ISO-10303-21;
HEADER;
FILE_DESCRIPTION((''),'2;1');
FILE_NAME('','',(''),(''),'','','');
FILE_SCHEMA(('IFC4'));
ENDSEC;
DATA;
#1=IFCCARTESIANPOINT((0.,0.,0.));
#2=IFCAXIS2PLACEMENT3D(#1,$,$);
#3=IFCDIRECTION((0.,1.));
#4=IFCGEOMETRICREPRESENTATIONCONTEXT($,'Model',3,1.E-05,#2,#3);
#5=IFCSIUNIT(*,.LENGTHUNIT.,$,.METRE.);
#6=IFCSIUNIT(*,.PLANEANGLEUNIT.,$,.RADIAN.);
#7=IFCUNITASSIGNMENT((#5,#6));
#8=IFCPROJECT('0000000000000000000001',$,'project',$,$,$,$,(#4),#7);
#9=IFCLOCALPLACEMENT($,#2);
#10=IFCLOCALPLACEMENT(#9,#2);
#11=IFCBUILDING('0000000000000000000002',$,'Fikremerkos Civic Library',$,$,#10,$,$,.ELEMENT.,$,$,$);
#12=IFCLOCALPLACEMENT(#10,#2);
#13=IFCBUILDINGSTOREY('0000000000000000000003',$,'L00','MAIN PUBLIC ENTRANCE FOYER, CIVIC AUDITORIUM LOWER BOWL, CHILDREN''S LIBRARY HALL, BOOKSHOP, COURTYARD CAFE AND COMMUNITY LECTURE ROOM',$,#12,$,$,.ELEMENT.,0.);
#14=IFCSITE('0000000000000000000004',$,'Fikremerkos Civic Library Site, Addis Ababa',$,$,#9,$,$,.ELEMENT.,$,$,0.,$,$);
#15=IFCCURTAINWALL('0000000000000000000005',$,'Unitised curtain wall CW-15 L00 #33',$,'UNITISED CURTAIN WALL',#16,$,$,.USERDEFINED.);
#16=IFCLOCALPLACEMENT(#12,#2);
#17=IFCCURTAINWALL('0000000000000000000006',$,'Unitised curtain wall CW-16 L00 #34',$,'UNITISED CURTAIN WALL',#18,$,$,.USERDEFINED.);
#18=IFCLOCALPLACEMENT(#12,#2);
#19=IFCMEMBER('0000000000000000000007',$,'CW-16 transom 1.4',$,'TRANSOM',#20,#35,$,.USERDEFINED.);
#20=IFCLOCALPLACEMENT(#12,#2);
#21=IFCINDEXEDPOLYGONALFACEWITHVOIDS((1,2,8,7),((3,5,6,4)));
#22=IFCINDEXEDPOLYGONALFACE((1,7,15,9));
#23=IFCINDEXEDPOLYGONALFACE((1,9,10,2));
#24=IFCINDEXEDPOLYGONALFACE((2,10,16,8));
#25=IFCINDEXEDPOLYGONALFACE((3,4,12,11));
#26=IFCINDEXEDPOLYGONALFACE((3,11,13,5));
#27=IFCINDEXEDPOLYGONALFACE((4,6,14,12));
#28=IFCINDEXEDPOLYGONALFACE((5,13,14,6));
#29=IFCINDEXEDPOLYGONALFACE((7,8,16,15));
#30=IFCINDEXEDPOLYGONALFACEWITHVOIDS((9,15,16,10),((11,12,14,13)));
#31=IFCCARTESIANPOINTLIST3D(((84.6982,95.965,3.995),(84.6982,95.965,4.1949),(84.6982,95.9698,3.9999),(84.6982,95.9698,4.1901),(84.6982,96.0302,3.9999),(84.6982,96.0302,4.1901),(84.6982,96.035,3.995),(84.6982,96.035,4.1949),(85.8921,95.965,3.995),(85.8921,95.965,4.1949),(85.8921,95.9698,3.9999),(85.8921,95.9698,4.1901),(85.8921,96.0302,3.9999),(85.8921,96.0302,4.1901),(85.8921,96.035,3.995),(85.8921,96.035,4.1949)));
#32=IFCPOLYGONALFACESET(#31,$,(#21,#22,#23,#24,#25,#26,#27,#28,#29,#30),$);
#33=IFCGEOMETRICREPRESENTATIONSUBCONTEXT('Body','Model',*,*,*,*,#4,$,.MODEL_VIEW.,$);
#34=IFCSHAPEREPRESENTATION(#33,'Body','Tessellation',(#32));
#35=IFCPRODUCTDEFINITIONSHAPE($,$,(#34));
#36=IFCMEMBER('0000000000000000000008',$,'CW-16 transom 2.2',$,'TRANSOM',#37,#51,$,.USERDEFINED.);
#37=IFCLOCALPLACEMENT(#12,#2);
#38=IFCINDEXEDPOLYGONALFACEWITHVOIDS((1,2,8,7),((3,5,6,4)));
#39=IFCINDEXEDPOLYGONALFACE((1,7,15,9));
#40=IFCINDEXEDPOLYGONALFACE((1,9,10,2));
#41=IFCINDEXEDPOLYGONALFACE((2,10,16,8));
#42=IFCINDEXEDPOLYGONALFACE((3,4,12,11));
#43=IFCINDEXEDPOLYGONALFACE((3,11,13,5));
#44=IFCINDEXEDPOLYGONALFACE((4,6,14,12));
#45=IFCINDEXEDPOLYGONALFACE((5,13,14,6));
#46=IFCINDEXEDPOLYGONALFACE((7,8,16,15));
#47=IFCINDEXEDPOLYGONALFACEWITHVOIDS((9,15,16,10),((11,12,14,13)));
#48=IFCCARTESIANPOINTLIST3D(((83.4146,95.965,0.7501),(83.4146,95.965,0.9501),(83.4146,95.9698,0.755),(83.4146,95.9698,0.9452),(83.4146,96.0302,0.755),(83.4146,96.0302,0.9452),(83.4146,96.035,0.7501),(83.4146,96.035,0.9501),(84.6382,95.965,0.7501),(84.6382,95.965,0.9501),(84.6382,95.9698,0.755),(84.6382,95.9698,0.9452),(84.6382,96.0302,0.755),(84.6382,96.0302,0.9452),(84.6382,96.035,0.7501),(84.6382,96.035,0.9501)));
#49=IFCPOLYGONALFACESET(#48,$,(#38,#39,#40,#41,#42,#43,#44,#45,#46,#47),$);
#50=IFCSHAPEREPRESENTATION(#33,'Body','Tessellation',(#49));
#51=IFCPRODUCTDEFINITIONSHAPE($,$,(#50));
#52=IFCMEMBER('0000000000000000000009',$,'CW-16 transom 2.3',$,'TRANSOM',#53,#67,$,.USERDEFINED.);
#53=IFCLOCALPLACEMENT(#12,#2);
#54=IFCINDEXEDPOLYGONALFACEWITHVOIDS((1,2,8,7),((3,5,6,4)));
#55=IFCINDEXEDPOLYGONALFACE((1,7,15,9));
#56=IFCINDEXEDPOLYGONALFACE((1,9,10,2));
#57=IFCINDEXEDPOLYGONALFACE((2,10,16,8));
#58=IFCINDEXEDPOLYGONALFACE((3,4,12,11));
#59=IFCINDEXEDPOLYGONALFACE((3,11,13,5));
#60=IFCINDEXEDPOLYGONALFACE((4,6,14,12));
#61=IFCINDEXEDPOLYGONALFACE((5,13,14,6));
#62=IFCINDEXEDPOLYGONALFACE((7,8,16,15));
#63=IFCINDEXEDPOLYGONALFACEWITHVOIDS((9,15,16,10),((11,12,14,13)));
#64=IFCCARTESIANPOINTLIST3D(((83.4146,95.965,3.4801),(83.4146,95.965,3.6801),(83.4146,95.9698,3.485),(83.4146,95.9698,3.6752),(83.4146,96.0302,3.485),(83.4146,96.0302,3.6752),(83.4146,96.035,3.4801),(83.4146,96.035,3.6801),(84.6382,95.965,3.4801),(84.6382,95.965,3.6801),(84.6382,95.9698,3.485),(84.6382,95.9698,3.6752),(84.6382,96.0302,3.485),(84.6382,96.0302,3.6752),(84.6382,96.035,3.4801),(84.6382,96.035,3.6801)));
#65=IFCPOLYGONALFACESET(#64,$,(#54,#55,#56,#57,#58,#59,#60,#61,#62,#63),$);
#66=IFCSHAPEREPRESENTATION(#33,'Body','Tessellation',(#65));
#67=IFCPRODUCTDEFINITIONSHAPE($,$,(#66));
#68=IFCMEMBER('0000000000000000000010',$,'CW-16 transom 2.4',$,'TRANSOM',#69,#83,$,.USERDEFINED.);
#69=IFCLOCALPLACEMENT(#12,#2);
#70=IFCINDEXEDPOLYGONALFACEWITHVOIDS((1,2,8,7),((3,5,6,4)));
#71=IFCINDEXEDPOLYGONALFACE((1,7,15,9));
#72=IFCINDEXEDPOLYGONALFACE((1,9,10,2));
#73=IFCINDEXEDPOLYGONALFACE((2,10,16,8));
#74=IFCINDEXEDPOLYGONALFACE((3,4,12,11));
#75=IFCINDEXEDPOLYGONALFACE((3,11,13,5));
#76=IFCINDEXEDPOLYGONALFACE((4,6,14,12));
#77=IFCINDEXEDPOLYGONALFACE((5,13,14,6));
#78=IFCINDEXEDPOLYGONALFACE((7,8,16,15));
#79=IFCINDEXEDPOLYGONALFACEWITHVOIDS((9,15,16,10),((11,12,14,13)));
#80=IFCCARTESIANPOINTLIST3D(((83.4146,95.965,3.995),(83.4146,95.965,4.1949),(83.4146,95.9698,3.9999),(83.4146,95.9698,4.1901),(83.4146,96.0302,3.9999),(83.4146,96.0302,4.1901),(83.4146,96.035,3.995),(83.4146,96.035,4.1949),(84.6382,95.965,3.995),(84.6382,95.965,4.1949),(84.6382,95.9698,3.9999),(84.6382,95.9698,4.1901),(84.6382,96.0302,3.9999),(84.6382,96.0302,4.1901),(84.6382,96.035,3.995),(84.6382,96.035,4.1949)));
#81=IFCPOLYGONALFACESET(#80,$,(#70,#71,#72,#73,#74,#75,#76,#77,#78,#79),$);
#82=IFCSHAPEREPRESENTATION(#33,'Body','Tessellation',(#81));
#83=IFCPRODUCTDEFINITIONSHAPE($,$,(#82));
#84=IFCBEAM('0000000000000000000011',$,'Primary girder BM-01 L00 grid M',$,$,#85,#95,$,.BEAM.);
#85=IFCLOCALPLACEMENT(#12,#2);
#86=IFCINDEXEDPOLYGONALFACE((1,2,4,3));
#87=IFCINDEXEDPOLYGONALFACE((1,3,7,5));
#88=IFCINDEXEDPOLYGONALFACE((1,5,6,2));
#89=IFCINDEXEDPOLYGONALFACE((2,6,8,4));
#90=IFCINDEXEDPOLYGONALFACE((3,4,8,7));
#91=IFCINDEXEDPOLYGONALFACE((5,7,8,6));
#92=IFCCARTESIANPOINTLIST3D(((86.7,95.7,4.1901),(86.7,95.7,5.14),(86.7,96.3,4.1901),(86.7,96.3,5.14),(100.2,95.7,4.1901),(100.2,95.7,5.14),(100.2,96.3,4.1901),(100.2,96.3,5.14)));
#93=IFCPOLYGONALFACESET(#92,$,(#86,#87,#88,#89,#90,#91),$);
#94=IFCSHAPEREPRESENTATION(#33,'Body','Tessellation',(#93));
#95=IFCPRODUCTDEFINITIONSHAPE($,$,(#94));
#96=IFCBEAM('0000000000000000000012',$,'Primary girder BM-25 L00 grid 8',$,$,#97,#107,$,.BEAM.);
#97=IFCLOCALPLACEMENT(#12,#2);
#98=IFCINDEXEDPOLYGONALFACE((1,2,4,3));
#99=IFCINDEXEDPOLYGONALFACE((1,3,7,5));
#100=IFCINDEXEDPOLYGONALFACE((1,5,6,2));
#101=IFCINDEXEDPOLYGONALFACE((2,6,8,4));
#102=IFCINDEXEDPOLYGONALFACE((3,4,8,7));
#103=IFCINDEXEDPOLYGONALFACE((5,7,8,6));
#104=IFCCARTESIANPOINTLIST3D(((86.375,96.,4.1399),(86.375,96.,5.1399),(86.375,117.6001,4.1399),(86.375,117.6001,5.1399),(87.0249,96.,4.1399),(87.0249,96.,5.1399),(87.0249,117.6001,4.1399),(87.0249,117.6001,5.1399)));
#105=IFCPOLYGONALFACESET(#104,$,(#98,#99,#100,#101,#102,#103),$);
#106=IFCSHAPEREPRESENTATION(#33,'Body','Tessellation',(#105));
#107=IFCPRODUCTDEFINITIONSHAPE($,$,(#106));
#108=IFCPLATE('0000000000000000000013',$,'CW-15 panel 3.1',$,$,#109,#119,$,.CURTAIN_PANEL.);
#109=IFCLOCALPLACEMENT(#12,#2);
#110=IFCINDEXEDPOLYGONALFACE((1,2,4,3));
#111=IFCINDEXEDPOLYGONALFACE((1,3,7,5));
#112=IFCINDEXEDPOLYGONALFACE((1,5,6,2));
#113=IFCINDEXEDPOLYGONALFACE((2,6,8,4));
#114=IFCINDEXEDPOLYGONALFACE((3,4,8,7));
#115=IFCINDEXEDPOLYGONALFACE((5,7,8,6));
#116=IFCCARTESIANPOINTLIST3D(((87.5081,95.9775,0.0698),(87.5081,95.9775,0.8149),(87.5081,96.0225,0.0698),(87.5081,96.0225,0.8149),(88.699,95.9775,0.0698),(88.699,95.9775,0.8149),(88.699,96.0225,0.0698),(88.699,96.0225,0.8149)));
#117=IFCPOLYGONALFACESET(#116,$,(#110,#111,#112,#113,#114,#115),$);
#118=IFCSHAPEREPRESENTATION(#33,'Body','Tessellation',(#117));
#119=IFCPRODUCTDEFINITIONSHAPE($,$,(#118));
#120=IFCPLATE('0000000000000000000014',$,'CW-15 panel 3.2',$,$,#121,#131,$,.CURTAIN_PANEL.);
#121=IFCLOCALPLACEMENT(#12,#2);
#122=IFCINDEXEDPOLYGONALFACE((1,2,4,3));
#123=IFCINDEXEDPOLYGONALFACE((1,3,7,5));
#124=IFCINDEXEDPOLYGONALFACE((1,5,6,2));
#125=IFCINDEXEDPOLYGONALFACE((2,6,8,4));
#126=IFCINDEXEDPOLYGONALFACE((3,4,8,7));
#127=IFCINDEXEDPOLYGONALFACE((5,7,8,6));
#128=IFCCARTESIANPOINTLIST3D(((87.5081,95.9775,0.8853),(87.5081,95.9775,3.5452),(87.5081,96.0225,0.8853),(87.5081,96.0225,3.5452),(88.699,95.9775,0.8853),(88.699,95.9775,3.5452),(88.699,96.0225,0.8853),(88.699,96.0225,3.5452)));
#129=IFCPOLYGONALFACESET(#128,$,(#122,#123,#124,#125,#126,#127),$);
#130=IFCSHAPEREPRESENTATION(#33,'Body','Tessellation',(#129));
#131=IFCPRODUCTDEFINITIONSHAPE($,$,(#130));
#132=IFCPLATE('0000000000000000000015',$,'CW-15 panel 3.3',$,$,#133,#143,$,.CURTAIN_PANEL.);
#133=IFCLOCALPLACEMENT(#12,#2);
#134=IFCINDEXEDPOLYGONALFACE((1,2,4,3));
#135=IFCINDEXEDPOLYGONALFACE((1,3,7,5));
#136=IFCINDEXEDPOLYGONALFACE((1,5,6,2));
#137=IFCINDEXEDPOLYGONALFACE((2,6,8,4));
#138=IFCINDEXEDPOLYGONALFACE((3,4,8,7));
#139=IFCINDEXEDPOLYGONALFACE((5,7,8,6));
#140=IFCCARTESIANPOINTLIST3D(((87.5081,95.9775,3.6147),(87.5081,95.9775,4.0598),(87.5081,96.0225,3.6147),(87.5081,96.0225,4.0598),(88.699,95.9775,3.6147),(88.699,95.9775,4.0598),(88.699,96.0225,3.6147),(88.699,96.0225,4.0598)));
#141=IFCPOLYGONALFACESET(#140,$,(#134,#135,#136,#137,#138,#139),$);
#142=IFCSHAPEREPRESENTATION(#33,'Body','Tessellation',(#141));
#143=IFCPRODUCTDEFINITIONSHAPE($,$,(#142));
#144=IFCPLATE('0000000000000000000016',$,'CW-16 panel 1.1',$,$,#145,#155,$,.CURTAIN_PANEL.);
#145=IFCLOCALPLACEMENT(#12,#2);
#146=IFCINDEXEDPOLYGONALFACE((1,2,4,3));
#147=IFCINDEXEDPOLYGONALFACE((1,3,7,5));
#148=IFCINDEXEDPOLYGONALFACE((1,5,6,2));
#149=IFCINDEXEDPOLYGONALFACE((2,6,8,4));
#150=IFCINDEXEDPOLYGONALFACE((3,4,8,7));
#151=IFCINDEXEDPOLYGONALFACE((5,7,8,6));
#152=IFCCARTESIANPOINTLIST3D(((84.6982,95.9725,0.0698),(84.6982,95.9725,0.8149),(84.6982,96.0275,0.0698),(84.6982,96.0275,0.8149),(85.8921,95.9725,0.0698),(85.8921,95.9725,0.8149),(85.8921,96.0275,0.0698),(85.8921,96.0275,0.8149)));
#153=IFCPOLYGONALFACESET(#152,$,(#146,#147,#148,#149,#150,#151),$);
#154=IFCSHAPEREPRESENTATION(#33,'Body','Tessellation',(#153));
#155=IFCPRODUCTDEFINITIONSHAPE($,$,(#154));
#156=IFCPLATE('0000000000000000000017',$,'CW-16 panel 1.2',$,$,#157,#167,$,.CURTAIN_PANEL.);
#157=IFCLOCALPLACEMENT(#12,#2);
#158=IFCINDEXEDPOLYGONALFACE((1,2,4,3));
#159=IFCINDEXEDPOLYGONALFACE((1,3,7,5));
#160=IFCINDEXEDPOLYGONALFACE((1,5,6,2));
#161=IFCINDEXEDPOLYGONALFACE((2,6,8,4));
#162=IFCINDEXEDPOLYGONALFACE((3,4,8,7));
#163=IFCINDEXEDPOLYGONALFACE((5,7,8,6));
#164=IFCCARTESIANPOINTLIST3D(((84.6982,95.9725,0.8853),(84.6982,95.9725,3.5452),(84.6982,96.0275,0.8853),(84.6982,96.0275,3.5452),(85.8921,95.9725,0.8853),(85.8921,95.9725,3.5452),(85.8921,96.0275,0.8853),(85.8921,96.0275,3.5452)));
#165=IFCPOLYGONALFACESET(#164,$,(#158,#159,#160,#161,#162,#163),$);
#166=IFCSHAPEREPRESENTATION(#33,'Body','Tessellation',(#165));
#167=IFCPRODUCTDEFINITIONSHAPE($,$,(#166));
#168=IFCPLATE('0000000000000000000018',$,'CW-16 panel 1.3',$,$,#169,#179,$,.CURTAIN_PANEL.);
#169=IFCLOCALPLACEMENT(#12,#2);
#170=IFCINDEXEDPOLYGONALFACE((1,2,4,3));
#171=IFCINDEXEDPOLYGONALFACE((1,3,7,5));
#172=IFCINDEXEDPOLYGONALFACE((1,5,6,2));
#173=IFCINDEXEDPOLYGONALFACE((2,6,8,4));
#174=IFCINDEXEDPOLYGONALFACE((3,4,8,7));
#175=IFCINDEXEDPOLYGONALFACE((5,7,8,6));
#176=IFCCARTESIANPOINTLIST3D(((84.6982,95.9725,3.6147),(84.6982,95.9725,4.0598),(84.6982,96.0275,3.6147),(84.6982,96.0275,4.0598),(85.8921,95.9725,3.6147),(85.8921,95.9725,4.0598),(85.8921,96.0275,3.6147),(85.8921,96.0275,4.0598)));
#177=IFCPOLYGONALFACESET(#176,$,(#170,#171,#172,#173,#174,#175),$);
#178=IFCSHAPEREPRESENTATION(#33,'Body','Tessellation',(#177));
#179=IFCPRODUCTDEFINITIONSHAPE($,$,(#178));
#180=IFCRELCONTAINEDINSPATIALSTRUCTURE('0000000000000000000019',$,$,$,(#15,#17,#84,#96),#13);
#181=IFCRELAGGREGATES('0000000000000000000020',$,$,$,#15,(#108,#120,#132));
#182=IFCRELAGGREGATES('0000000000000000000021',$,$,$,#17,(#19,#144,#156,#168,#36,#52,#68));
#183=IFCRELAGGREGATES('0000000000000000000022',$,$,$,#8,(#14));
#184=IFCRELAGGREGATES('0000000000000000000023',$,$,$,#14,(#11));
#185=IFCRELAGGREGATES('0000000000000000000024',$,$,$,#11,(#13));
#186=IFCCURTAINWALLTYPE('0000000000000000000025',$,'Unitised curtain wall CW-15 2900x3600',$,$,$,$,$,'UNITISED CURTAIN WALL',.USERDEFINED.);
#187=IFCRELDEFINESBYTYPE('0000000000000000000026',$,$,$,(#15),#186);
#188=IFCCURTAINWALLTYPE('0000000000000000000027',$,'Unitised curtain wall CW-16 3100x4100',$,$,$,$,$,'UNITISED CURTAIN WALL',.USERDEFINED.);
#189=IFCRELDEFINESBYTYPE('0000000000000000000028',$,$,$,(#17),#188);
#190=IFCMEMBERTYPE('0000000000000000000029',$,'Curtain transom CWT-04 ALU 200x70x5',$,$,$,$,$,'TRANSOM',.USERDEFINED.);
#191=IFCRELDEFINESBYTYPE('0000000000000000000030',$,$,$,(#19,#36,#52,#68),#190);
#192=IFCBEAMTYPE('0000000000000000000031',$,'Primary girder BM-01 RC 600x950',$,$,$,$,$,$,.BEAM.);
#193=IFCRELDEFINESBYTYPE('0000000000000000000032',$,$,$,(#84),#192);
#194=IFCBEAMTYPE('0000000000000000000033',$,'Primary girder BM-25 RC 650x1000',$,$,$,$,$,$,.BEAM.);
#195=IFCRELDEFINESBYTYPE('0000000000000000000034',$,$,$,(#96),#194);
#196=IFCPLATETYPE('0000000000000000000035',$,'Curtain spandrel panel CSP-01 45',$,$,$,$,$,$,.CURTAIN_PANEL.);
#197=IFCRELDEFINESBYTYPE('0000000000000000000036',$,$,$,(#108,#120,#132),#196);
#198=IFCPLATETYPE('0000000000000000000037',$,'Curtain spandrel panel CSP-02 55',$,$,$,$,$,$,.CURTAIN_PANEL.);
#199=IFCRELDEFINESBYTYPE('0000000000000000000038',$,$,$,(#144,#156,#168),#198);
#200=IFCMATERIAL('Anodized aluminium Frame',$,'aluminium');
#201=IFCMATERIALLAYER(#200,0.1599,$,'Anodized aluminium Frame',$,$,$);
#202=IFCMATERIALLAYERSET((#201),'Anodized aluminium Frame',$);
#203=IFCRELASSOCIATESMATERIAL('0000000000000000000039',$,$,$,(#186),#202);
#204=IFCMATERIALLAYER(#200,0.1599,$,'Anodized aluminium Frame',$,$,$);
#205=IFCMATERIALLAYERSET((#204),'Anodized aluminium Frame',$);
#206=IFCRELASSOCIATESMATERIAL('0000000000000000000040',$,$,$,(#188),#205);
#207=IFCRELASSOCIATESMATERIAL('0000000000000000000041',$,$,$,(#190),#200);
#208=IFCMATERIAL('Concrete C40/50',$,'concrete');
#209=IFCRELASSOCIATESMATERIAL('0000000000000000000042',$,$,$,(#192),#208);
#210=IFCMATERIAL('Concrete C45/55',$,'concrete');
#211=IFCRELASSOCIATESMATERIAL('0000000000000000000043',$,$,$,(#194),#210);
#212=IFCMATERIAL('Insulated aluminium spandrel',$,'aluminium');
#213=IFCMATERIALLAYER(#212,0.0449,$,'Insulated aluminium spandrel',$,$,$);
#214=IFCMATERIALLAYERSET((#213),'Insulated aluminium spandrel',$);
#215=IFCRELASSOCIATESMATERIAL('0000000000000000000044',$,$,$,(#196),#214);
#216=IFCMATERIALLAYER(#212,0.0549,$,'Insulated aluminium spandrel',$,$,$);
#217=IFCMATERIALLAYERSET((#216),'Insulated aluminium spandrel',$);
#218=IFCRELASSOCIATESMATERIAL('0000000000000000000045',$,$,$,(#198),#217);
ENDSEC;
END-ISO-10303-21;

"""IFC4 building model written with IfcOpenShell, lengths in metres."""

from ifc_helpers import new_model, si_unit, direction, frame, origin, origin_2d, place, context, subcontext, project, spatial, rectangle, hollow_rectangle, extrude, material, layer, layer_set, material_profile, profile_set, type_object, element, aggregate, save


model = new_model("IFC4")

# Units and contexts
model_context = context("Model", 3, precision=1e-05, world=origin(), true_north=direction((0.0, 1.0)))
body_context = subcontext(model_context, "Body", "Model", "MODEL_VIEW")
ifc_project = project(units=[si_unit("LENGTHUNIT", "METRE"), si_unit("PLANEANGLEUNIT", "RADIAN")], contexts=[model_context])

# Site, building, storey
site_placement = place(None, origin())
site = spatial("IfcSite", under=ifc_project, at=site_placement, Name="Fikremerkos Civic Library Site, Addis Ababa", CompositionType="ELEMENT", RefElevation=0.0)
building_placement = place(site_placement, origin())
building = spatial("IfcBuilding", under=site, at=building_placement, Name="Fikremerkos Civic Library", CompositionType="ELEMENT")
storey_placement = place(building_placement, origin())
storey = spatial("IfcBuildingStorey", under=building, at=storey_placement, Name="L00", Description="MAIN PUBLIC ENTRANCE FOYER, CIVIC AUDITORIUM LOWER BOWL, CHILDREN'S LIBRARY HALL, BOOKSHOP, COURTYARD CAFE AND COMMUNITY LECTURE ROOM", CompositionType="ELEMENT", Elevation=0.0)

# Shared definitions
ifc_material_1 = material(Name="Concrete C40/50", Category="concrete")

# Curtain wall
ifc_material_2 = material(Name="Anodized aluminium Frame", Category="aluminium")
ifc_layer_1 = layer(ifc_material_2, 0.1599, Name="Anodized aluminium Frame")
ifc_layer_set_1 = layer_set([ifc_layer_1], Name="Anodized aluminium Frame")
curtain_wall_type_1 = type_object("IfcCurtainWallType", Name="Unitised curtain wall CW-15 2900x3600", ElementType="UNITISED CURTAIN WALL", PredefinedType="USERDEFINED", material=ifc_layer_set_1)
curtain_wall_1_placement = place(storey_placement, origin())
curtain_wall_1 = element("IfcCurtainWall", 1, at=curtain_wall_1_placement, inside=storey, type_object=curtain_wall_type_1, Name="Unitised curtain wall CW-15 L00 #33", ObjectType="UNITISED CURTAIN WALL", PredefinedType="USERDEFINED")

# Curtain wall
ifc_layer_2 = layer(ifc_material_2, 0.1599, Name="Anodized aluminium Frame")
ifc_layer_set_2 = layer_set([ifc_layer_2], Name="Anodized aluminium Frame")
curtain_wall_type_2 = type_object("IfcCurtainWallType", Name="Unitised curtain wall CW-16 3100x4100", ElementType="UNITISED CURTAIN WALL", PredefinedType="USERDEFINED", material=ifc_layer_set_2)
curtain_wall_2_placement = place(storey_placement, origin())
curtain_wall_2 = element("IfcCurtainWall", 2, at=curtain_wall_2_placement, inside=storey, type_object=curtain_wall_type_2, Name="Unitised curtain wall CW-16 L00 #34", ObjectType="UNITISED CURTAIN WALL", PredefinedType="USERDEFINED")

# Members
ifc_material_profile_1 = material_profile(ifc_material_2, hollow_rectangle(XDim=0.0701, YDim=0.2, WallThickness=0.0049, at=origin_2d()), Name="ALU 200x70x5")
ifc_profile_set_1 = profile_set([ifc_material_profile_1], Name="Anodized aluminium Frame")
member_type_1 = type_object("IfcMemberType", Name="Curtain transom CWT-04 ALU 200x70x5", ElementType="TRANSOM", PredefinedType="USERDEFINED", material=ifc_profile_set_1)
member_1_placement = place(storey_placement, frame((85.8921, 96.0, 4.095), z_axis=(-1.0, 0.0, 0.0), x_axis=(0.0, -1.0, 0.0)))
member_1 = element("IfcMember", 3, at=member_1_placement, type_object=member_type_1, Name="CW-16 transom 1.4", ObjectType="TRANSOM", PredefinedType="USERDEFINED", context=body_context, shape_type="SweptSolid", body=[
    extrude(hollow_rectangle(XDim=0.0701, YDim=0.2, WallThickness=0.0049, at=origin_2d()), origin(), (0.0, 0.0, 1.0), 1.1938),
])
member_2_placement = place(storey_placement, frame((84.6382, 96.0, 0.8501), z_axis=(-1.0, 0.0, 0.0), x_axis=(0.0, -1.0, 0.0)))
member_2 = element("IfcMember", 4, at=member_2_placement, type_object=member_type_1, Name="CW-16 transom 2.2", ObjectType="TRANSOM", PredefinedType="USERDEFINED", context=body_context, shape_type="SweptSolid", body=[
    extrude(hollow_rectangle(XDim=0.0701, YDim=0.2, WallThickness=0.0049, at=origin_2d()), origin(), (0.0, 0.0, 1.0), 1.2236),
])
member_3_placement = place(storey_placement, frame((84.6382, 96.0, 3.5801), z_axis=(-1.0, 0.0, 0.0), x_axis=(0.0, -1.0, 0.0)))
member_3 = element("IfcMember", 5, at=member_3_placement, type_object=member_type_1, Name="CW-16 transom 2.3", ObjectType="TRANSOM", PredefinedType="USERDEFINED", context=body_context, shape_type="SweptSolid", body=[
    extrude(hollow_rectangle(XDim=0.0701, YDim=0.2, WallThickness=0.0049, at=origin_2d()), origin(), (0.0, 0.0, 1.0), 1.2236),
])
member_4_placement = place(storey_placement, frame((84.6382, 96.0, 4.095), z_axis=(-1.0, 0.0, 0.0), x_axis=(0.0, -1.0, 0.0)))
member_4 = element("IfcMember", 6, at=member_4_placement, type_object=member_type_1, Name="CW-16 transom 2.4", ObjectType="TRANSOM", PredefinedType="USERDEFINED", context=body_context, shape_type="SweptSolid", body=[
    extrude(hollow_rectangle(XDim=0.0701, YDim=0.2, WallThickness=0.0049, at=origin_2d()), origin(), (0.0, 0.0, 1.0), 1.2236),
])

# Beams
ifc_material_profile_2 = material_profile(ifc_material_1, rectangle(XDim=0.6001, YDim=0.95, at=origin_2d()), Name="RC 600x950")
ifc_profile_set_2 = profile_set([ifc_material_profile_2], Name="Concrete C40/50")
beam_type_1 = type_object("IfcBeamType", Name="Primary girder BM-01 RC 600x950", PredefinedType="BEAM", material=ifc_profile_set_2)
beam_1_placement = place(storey_placement, frame((86.7, 96.0, 4.665), z_axis=(1.0, 0.0, 0.0), x_axis=(0.0, 1.0, 0.0)))
element("IfcBeam", 7, at=beam_1_placement, inside=storey, type_object=beam_type_1, Name="Primary girder BM-01 L00 grid M", PredefinedType="BEAM", context=body_context, shape_type="SweptSolid", body=[
    extrude(rectangle(XDim=0.6001, YDim=0.95, at=origin_2d()), origin(), (0.0, 0.0, 1.0), 13.5),
])
ifc_material_3 = material(Name="Concrete C45/55", Category="concrete")
ifc_material_profile_3 = material_profile(ifc_material_3, rectangle(XDim=0.6499, YDim=1.0, at=origin_2d()), Name="RC 650x1000")
ifc_profile_set_3 = profile_set([ifc_material_profile_3], Name="Concrete C45/55")
beam_type_2 = type_object("IfcBeamType", Name="Primary girder BM-25 RC 650x1000", PredefinedType="BEAM", material=ifc_profile_set_3)
beam_2_placement = place(storey_placement, frame((86.7, 96.0, 4.6399), z_axis=(0.0, 1.0, 0.0), x_axis=(-1.0, 0.0, 0.0)))
element("IfcBeam", 8, at=beam_2_placement, inside=storey, type_object=beam_type_2, Name="Primary girder BM-25 L00 grid 8", PredefinedType="BEAM", context=body_context, shape_type="SweptSolid", body=[
    extrude(rectangle(XDim=0.6499, YDim=1.0, at=origin_2d()), origin(), (0.0, 0.0, 1.0), 21.6001),
])

# Plates
ifc_material_4 = material(Name="Insulated aluminium spandrel", Category="aluminium")
ifc_layer_3 = layer(ifc_material_4, 0.0449, Name="Insulated aluminium spandrel")
ifc_layer_set_3 = layer_set([ifc_layer_3], Name="Insulated aluminium spandrel")
plate_type_1 = type_object("IfcPlateType", Name="Curtain spandrel panel CSP-01 45", PredefinedType="CURTAIN_PANEL", material=ifc_layer_set_3)
plate_1_placement = place(storey_placement, frame((88.1035, 96.0, 0.0698), z_axis=(0.0, 0.0, 1.0), x_axis=(-1.0, 0.0, 0.0)))
plate_1 = element("IfcPlate", 9, at=plate_1_placement, type_object=plate_type_1, Name="CW-15 panel 3.1", PredefinedType="CURTAIN_PANEL", context=body_context, shape_type="SweptSolid", body=[
    extrude(rectangle(XDim=1.1909, YDim=0.0449, at=origin_2d()), origin(), (0.0, 0.0, 1.0), 0.7451),
])
plate_2_placement = place(storey_placement, frame((88.1035, 96.0, 0.8853), z_axis=(0.0, 0.0, 1.0), x_axis=(-1.0, 0.0, 0.0)))
plate_2 = element("IfcPlate", 10, at=plate_2_placement, type_object=plate_type_1, Name="CW-15 panel 3.2", PredefinedType="CURTAIN_PANEL", context=body_context, shape_type="SweptSolid", body=[
    extrude(rectangle(XDim=1.1909, YDim=0.0449, at=origin_2d()), origin(), (0.0, 0.0, 1.0), 2.6599),
])
plate_3_placement = place(storey_placement, frame((88.1035, 96.0, 3.6147), z_axis=(0.0, 0.0, 1.0), x_axis=(-1.0, 0.0, 0.0)))
plate_3 = element("IfcPlate", 11, at=plate_3_placement, type_object=plate_type_1, Name="CW-15 panel 3.3", PredefinedType="CURTAIN_PANEL", context=body_context, shape_type="SweptSolid", body=[
    extrude(rectangle(XDim=1.1909, YDim=0.0449, at=origin_2d()), origin(), (0.0, 0.0, 1.0), 0.4451),
])
aggregate(curtain_wall_1, [plate_1, plate_2, plate_3])
ifc_layer_4 = layer(ifc_material_4, 0.0549, Name="Insulated aluminium spandrel")
ifc_layer_set_4 = layer_set([ifc_layer_4], Name="Insulated aluminium spandrel")
plate_type_2 = type_object("IfcPlateType", Name="Curtain spandrel panel CSP-02 55", PredefinedType="CURTAIN_PANEL", material=ifc_layer_set_4)
plate_4_placement = place(storey_placement, frame((85.2952, 96.0, 0.0698), z_axis=(0.0, 0.0, 1.0), x_axis=(-1.0, 0.0, 0.0)))
plate_4 = element("IfcPlate", 12, at=plate_4_placement, type_object=plate_type_2, Name="CW-16 panel 1.1", PredefinedType="CURTAIN_PANEL", context=body_context, shape_type="SweptSolid", body=[
    extrude(rectangle(XDim=1.1938, YDim=0.0549, at=origin_2d()), origin(), (0.0, 0.0, 1.0), 0.7451),
])
plate_5_placement = place(storey_placement, frame((85.2952, 96.0, 0.8853), z_axis=(0.0, 0.0, 1.0), x_axis=(-1.0, 0.0, 0.0)))
plate_5 = element("IfcPlate", 13, at=plate_5_placement, type_object=plate_type_2, Name="CW-16 panel 1.2", PredefinedType="CURTAIN_PANEL", context=body_context, shape_type="SweptSolid", body=[
    extrude(rectangle(XDim=1.1938, YDim=0.0549, at=origin_2d()), origin(), (0.0, 0.0, 1.0), 2.6599),
])
plate_6_placement = place(storey_placement, frame((85.2952, 96.0, 3.6147), z_axis=(0.0, 0.0, 1.0), x_axis=(-1.0, 0.0, 0.0)))
plate_6 = element("IfcPlate", 14, at=plate_6_placement, type_object=plate_type_2, Name="CW-16 panel 1.3", PredefinedType="CURTAIN_PANEL", context=body_context, shape_type="SweptSolid", body=[
    extrude(rectangle(XDim=1.1938, YDim=0.0549, at=origin_2d()), origin(), (0.0, 0.0, 1.0), 0.4451),
])
aggregate(curtain_wall_2, [member_1, plate_4, plate_5, plate_6, member_2, member_3, member_4])

save(model, "model.ifc")
